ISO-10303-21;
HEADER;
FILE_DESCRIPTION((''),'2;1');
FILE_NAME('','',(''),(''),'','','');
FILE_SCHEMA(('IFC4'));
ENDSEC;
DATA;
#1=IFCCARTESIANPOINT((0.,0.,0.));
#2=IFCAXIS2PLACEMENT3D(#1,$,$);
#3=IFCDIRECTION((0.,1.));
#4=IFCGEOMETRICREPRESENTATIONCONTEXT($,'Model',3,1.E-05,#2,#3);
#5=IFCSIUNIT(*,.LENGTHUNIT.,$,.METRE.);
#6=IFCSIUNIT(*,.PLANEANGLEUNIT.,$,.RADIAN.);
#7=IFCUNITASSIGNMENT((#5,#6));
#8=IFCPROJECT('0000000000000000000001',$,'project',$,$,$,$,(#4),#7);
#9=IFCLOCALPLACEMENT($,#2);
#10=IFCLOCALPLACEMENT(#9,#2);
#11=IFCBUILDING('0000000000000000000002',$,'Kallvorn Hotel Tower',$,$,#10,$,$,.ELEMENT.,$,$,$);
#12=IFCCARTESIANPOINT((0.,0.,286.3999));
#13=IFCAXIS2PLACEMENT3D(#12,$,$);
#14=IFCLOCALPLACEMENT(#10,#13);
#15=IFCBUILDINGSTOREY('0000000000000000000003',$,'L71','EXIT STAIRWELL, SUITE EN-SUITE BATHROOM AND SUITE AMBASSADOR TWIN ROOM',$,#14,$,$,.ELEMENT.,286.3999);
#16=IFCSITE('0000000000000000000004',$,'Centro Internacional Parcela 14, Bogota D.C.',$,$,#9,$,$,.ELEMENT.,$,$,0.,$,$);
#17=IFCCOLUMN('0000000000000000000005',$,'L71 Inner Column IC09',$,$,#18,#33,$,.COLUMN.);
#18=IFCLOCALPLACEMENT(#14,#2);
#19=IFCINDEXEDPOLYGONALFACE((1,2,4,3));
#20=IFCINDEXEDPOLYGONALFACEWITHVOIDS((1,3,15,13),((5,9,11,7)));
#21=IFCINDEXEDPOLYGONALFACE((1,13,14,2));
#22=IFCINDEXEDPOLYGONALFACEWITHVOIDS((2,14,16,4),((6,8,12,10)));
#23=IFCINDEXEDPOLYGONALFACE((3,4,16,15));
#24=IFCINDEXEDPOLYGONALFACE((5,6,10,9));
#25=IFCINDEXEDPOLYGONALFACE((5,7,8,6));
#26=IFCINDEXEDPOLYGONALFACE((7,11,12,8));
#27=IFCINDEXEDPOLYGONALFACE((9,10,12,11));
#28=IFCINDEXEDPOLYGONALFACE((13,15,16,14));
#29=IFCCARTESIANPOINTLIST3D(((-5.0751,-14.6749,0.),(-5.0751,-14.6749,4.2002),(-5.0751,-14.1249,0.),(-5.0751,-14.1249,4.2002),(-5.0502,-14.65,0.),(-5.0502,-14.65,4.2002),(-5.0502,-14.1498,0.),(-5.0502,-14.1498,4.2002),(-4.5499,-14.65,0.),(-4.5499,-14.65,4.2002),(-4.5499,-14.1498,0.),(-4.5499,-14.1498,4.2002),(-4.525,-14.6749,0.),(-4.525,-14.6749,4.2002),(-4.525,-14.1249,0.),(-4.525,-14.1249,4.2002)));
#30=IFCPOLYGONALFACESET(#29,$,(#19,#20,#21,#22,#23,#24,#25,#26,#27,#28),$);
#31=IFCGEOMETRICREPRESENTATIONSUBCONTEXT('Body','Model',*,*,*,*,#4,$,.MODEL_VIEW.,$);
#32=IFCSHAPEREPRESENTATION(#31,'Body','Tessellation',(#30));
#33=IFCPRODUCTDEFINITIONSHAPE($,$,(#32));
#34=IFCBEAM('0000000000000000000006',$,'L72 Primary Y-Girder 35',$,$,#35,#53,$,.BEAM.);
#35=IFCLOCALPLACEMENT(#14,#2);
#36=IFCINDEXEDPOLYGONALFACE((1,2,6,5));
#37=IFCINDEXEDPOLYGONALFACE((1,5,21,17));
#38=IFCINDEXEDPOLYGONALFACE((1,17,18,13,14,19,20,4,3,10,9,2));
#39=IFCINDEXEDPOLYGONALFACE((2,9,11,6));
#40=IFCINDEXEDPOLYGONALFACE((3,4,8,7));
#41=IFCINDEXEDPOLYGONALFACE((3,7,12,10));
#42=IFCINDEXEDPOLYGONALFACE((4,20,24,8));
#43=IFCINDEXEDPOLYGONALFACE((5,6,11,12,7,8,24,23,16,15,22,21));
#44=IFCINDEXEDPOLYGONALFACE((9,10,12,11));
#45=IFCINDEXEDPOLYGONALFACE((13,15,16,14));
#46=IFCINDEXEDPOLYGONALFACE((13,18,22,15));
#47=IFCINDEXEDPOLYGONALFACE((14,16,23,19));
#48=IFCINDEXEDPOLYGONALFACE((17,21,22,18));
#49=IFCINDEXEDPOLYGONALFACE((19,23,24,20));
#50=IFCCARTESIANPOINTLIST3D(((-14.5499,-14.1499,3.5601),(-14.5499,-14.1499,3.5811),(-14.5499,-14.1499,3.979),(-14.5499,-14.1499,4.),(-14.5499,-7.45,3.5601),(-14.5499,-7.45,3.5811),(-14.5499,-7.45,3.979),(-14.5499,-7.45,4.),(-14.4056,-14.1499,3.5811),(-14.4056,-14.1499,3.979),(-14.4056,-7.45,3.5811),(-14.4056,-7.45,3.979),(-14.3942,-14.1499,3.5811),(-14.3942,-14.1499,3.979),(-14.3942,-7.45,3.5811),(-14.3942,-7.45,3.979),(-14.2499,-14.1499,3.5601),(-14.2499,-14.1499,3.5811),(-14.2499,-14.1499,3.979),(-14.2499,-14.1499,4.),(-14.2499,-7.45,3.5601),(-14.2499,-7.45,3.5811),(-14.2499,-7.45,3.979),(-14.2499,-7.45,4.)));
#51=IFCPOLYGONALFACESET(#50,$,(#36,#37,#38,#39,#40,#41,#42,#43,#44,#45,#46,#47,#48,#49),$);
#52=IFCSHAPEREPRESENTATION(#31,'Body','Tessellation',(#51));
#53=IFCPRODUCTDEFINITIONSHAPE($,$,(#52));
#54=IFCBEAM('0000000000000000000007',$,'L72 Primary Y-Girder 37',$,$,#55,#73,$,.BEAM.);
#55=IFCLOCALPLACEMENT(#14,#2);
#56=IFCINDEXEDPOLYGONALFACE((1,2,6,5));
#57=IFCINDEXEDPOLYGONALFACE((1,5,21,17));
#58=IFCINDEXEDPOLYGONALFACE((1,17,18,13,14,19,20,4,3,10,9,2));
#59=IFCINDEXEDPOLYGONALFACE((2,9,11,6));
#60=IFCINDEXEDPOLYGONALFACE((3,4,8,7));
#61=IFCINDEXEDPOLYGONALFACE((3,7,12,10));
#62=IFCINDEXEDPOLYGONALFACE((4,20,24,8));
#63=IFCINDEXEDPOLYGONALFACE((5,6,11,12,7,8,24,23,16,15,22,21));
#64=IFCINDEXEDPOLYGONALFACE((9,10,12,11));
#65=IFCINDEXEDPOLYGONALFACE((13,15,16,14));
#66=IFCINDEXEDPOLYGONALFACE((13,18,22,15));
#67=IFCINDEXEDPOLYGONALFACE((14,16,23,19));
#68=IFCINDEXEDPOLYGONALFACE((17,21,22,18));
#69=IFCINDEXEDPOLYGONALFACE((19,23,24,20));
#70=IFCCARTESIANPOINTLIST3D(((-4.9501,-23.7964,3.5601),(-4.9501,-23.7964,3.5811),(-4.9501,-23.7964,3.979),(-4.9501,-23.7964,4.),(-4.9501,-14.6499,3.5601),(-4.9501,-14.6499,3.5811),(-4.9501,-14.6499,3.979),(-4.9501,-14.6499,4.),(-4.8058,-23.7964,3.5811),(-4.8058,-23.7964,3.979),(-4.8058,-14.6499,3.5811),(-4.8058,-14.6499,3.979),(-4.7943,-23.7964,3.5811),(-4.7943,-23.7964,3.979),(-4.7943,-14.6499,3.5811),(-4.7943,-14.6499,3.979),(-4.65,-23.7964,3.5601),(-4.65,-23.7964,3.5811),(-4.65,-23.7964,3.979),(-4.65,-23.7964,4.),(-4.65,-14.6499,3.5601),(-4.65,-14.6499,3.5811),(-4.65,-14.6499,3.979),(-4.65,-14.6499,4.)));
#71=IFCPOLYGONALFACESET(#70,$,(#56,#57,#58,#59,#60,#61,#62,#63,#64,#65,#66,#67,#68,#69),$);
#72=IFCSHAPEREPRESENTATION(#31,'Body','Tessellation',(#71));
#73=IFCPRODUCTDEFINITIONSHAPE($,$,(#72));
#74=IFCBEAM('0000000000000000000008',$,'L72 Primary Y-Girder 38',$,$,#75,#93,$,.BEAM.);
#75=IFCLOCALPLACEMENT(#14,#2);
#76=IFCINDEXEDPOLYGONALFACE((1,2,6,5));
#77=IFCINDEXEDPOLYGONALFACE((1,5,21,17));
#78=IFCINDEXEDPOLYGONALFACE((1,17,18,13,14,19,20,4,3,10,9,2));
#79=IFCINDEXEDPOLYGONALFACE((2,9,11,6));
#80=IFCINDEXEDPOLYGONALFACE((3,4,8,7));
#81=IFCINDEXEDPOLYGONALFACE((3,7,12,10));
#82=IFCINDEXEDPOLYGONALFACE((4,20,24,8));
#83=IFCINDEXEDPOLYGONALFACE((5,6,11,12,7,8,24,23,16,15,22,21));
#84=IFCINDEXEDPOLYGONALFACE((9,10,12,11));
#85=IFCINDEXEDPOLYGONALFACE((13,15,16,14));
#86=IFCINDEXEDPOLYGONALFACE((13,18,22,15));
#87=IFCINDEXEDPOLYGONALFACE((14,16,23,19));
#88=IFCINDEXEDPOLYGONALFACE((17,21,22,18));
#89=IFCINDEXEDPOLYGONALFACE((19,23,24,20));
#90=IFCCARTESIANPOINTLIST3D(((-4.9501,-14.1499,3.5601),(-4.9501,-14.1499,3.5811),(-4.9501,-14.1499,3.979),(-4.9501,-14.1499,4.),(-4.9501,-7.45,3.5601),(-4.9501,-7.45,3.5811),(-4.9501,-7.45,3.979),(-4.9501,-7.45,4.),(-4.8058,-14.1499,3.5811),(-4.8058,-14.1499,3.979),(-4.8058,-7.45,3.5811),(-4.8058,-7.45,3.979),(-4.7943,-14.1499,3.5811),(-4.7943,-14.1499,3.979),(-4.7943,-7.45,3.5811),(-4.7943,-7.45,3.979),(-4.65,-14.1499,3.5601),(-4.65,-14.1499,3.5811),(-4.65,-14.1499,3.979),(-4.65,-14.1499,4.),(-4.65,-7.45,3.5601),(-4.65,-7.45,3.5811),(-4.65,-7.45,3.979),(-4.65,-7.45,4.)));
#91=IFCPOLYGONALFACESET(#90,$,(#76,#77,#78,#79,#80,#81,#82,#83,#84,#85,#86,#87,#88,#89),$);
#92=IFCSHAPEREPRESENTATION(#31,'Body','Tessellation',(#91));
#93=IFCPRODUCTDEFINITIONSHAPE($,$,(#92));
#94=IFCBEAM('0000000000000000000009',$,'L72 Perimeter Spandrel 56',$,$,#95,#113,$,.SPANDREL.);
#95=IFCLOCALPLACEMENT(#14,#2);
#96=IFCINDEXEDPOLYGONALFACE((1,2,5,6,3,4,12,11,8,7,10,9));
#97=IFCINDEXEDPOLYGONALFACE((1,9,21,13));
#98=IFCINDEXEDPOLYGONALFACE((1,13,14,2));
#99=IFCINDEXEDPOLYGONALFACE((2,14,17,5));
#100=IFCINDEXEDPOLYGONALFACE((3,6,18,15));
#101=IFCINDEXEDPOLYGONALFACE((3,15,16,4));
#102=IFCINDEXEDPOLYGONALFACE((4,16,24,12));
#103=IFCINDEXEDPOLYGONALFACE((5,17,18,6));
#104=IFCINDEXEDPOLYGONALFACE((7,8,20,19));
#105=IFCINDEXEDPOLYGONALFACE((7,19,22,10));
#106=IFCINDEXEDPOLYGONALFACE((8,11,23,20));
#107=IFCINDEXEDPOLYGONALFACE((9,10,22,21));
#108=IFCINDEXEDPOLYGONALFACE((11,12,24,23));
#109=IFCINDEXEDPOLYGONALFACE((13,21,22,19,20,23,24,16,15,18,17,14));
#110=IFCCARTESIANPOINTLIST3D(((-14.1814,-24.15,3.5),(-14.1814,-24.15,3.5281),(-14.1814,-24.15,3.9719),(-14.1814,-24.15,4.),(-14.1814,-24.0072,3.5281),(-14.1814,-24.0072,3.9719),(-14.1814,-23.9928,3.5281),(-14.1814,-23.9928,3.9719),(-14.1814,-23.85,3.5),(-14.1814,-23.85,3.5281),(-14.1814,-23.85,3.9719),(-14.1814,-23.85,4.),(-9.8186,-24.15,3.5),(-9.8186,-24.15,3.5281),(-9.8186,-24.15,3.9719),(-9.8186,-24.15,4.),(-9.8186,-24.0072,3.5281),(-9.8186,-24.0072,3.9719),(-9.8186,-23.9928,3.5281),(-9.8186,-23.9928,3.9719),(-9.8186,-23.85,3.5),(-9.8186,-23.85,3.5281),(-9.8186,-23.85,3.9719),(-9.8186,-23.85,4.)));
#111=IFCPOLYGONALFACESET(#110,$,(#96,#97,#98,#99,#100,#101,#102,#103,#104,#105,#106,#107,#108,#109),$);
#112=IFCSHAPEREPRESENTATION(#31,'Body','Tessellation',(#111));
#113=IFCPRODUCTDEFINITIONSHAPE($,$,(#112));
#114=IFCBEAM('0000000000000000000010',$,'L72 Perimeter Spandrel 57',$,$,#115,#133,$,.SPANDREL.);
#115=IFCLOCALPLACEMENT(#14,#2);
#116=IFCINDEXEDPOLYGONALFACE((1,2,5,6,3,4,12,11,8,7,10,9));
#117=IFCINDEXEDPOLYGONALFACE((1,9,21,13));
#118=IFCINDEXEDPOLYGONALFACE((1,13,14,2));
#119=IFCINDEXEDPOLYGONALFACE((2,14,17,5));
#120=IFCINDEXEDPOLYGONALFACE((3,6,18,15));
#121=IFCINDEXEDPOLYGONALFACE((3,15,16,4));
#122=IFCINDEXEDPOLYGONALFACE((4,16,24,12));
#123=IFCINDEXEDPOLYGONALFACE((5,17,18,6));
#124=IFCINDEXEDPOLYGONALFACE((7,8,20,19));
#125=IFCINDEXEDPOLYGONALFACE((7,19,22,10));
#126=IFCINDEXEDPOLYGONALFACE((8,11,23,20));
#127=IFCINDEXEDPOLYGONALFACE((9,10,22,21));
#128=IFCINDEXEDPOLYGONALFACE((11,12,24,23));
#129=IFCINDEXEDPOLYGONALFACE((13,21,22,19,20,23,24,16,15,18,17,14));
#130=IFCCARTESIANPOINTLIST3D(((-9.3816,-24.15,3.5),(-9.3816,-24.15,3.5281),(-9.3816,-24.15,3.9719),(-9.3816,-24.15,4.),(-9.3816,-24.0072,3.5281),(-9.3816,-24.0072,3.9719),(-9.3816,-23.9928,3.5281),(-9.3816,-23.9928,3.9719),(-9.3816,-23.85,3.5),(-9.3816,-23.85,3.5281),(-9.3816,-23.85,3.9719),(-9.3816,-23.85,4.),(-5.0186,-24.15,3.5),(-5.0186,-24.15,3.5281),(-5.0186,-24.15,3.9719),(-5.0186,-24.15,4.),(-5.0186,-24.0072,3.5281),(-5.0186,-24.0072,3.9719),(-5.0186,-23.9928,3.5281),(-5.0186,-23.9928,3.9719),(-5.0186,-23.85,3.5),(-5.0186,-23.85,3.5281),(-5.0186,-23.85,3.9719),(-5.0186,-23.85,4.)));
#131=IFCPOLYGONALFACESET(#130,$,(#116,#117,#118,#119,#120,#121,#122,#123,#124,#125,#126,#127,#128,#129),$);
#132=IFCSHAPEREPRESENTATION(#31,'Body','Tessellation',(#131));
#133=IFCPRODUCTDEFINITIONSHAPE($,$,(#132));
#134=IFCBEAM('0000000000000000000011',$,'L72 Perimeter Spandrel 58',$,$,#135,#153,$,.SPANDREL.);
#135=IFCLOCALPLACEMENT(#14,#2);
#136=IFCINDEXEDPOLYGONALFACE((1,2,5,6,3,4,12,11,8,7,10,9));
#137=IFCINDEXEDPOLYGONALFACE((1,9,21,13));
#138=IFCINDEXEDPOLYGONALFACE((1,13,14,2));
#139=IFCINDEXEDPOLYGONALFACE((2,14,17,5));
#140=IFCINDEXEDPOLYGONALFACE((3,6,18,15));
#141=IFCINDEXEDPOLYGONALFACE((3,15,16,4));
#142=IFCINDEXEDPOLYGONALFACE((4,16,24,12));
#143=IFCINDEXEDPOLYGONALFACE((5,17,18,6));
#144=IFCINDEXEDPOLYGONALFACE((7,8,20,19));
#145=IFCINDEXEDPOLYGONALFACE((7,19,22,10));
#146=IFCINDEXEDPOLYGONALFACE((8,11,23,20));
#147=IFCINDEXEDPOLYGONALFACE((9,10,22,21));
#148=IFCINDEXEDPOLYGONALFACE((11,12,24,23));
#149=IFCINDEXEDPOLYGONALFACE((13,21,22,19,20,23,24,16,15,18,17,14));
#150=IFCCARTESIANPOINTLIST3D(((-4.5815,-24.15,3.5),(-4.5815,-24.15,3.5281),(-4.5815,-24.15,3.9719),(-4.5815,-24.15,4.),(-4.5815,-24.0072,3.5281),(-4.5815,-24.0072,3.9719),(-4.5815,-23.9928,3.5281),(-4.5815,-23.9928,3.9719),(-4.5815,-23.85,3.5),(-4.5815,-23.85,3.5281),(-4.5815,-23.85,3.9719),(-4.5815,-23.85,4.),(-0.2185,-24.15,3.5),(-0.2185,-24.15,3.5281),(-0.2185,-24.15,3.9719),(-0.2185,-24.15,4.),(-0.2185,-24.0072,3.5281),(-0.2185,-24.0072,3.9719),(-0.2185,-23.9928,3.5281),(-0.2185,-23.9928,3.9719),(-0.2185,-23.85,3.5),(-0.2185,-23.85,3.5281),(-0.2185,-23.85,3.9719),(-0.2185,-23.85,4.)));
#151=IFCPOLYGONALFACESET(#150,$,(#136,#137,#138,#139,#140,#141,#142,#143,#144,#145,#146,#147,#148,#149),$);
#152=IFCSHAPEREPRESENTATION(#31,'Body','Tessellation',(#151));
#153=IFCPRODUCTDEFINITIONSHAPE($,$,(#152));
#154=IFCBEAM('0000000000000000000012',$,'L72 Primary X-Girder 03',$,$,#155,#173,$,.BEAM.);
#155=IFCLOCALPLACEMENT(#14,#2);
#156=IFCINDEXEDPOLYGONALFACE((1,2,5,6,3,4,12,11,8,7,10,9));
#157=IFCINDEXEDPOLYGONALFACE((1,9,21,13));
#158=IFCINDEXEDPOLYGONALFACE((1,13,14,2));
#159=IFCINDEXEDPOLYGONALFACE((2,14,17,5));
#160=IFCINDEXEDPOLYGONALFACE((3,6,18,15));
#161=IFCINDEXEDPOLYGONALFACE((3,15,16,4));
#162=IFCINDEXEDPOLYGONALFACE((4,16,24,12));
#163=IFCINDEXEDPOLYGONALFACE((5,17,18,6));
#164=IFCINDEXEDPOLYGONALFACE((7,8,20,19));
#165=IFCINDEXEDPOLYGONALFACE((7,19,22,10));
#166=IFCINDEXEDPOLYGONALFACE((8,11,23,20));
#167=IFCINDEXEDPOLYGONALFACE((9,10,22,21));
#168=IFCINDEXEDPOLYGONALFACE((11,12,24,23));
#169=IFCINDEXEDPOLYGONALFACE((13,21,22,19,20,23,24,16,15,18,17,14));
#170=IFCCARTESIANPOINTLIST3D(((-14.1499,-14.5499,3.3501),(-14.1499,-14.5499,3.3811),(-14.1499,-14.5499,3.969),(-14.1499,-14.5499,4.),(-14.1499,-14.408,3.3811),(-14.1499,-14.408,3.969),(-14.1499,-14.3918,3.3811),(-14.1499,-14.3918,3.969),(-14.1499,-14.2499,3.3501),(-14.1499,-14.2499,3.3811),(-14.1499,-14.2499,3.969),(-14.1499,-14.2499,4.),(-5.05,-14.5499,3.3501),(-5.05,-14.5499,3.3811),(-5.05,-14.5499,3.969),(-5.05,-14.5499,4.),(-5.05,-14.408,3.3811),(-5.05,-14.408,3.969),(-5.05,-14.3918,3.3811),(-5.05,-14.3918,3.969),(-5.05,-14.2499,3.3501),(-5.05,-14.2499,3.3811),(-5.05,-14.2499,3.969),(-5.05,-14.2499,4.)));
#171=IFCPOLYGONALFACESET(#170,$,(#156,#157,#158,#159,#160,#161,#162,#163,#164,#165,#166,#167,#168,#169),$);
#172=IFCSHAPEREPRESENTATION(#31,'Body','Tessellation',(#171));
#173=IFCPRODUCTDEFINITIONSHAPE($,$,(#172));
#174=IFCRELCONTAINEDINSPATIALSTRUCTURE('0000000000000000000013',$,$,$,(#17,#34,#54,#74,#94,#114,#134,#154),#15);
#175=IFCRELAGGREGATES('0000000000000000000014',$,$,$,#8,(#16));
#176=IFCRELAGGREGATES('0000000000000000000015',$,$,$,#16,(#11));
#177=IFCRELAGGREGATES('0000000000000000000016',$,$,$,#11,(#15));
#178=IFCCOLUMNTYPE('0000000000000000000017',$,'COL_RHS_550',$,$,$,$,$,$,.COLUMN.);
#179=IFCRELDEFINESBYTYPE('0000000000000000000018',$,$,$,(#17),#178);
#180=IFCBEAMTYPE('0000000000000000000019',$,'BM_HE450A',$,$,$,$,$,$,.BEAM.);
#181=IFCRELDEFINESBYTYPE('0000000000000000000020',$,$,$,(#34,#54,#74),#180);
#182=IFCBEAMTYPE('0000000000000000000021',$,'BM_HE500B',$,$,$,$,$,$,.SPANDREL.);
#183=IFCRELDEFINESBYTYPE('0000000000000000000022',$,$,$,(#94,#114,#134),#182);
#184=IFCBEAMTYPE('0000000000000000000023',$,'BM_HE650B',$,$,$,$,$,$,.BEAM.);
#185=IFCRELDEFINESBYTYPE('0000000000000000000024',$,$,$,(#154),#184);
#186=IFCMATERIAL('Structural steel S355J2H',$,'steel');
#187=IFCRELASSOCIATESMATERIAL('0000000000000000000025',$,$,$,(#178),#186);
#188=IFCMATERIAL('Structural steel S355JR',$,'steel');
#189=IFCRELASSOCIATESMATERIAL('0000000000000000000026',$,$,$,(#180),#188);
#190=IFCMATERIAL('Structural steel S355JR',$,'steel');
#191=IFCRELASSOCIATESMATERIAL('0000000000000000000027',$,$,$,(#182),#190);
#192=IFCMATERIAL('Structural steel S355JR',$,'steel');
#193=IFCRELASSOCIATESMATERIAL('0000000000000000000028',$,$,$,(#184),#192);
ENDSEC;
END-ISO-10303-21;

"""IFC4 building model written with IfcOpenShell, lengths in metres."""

from ifc_helpers import new_model, si_unit, direction, frame, origin, origin_2d, place, context, subcontext, project, spatial, hollow_rectangle, i_section, extrude, material, material_profile, profile_set, type_object, element, save


model = new_model("IFC4")

# Units and contexts
model_context = context("Model", 3, precision=1e-05, world=origin(), true_north=direction((0.0, 1.0)))
body_context = subcontext(model_context, "Body", "Model", "MODEL_VIEW")
ifc_project = project(units=[si_unit("LENGTHUNIT", "METRE"), si_unit("PLANEANGLEUNIT", "RADIAN")], contexts=[model_context])

# Site, building, storey
site_placement = place(None, origin())
site = spatial("IfcSite", under=ifc_project, at=site_placement, Name="Centro Internacional Parcela 14, Bogota D.C.", CompositionType="ELEMENT", RefElevation=0.0)
building_placement = place(site_placement, origin())
building = spatial("IfcBuilding", under=site, at=building_placement, Name="Kallvorn Hotel Tower", CompositionType="ELEMENT")
storey_placement = place(building_placement, frame((0.0, 0.0, 286.3999)))
storey = spatial("IfcBuildingStorey", under=building, at=storey_placement, Name="L71", Description="EXIT STAIRWELL, SUITE EN-SUITE BATHROOM AND SUITE AMBASSADOR TWIN ROOM", CompositionType="ELEMENT", Elevation=286.3999)

# Column
ifc_material_1 = material(Name="Structural steel S355J2H", Category="steel")
ifc_material_profile_1 = material_profile(ifc_material_1, hollow_rectangle(XDim=0.55, YDim=0.55, WallThickness=0.0249, at=origin_2d()), Name="RHS 550x550x25")
ifc_profile_set_1 = profile_set([ifc_material_profile_1], Name="Structural steel S355J2H")
column_type_1 = type_object("IfcColumnType", Name="COL_RHS_550", PredefinedType="COLUMN", material=ifc_profile_set_1)
for number, where, z_axis, x_axis, name in (
    (1, (-4.8, -14.3999, 0.0), (0.0, 0.0, 1.0), (1.0, 0.0, 0.0), "L71 Inner Column IC09"),
):
    element("IfcColumn", number, at=place(storey_placement, frame(where, z_axis=z_axis, x_axis=x_axis)), inside=storey, type_object=column_type_1, Name=name, PredefinedType="COLUMN", context=body_context, shape_type="SweptSolid", body=[
        extrude(hollow_rectangle(XDim=0.55, YDim=0.55, WallThickness=0.0249, at=origin_2d()), origin(), (0.0, 0.0, 1.0), 4.2002),
    ])

# Beams
ifc_material_2 = material(Name="Structural steel S355JR", Category="steel")
ifc_material_profile_2 = material_profile(ifc_material_2, i_section(OverallWidth=0.3, OverallDepth=0.4399, WebThickness=0.0115, FlangeThickness=0.021, at=origin_2d()), Name="HE 450 A")
ifc_profile_set_2 = profile_set([ifc_material_profile_2], Name="Structural steel S355JR")
beam_type_1 = type_object("IfcBeamType", Name="BM_HE450A", PredefinedType="BEAM", material=ifc_profile_set_2)
beam_1_placement = place(storey_placement, frame((-14.3999, -14.1499, 3.78), z_axis=(0.0, 1.0, 0.0), x_axis=(-1.0, 0.0, 0.0)))
element("IfcBeam", 2, at=beam_1_placement, inside=storey, type_object=beam_type_1, Name="L72 Primary Y-Girder 35", PredefinedType="BEAM", context=body_context, shape_type="SweptSolid", body=[
    extrude(i_section(OverallWidth=0.3, OverallDepth=0.4399, WebThickness=0.0115, FlangeThickness=0.021, at=origin_2d()), origin(), (0.0, 0.0, 1.0), 6.7),
])
beam_2_placement = place(storey_placement, frame((-4.8, -23.7964, 3.78), z_axis=(0.0, 1.0, 0.0), x_axis=(-1.0, 0.0, 0.0)))
element("IfcBeam", 3, at=beam_2_placement, inside=storey, type_object=beam_type_1, Name="L72 Primary Y-Girder 37", PredefinedType="BEAM", context=body_context, shape_type="SweptSolid", body=[
    extrude(i_section(OverallWidth=0.3, OverallDepth=0.4399, WebThickness=0.0115, FlangeThickness=0.021, at=origin_2d()), origin(), (0.0, 0.0, 1.0), 9.1465),
])
beam_3_placement = place(storey_placement, frame((-4.8, -14.1499, 3.78), z_axis=(0.0, 1.0, 0.0), x_axis=(-1.0, 0.0, 0.0)))
element("IfcBeam", 4, at=beam_3_placement, inside=storey, type_object=beam_type_1, Name="L72 Primary Y-Girder 38", PredefinedType="BEAM", context=body_context, shape_type="SweptSolid", body=[
    extrude(i_section(OverallWidth=0.3, OverallDepth=0.4399, WebThickness=0.0115, FlangeThickness=0.021, at=origin_2d()), origin(), (0.0, 0.0, 1.0), 6.7),
])
ifc_material_3 = material(Name="Structural steel S355JR", Category="steel")
ifc_material_profile_3 = material_profile(ifc_material_3, i_section(OverallWidth=0.3, OverallDepth=0.5, WebThickness=0.0144, FlangeThickness=0.0281, at=origin_2d()), Name="HE 500 B")
ifc_profile_set_3 = profile_set([ifc_material_profile_3], Name="Structural steel S355JR")
beam_type_2 = type_object("IfcBeamType", Name="BM_HE500B", PredefinedType="SPANDREL", material=ifc_profile_set_3)
beam_4_placement = place(storey_placement, frame((-14.1814, -24.0, 3.75), z_axis=(1.0, 0.0, 0.0), x_axis=(0.0, 1.0, 0.0)))
element("IfcBeam", 5, at=beam_4_placement, inside=storey, type_object=beam_type_2, Name="L72 Perimeter Spandrel 56", PredefinedType="SPANDREL", context=body_context, shape_type="SweptSolid", body=[
    extrude(i_section(OverallWidth=0.3, OverallDepth=0.5, WebThickness=0.0144, FlangeThickness=0.0281, at=origin_2d()), origin(), (0.0, 0.0, 1.0), 4.3628),
])
for number, where, z_axis, x_axis, name in (
    (6, (-9.3816, -24.0, 3.75), (1.0, 0.0, 0.0), (0.0, 1.0, 0.0), "L72 Perimeter Spandrel 57"),
    (7, (-4.5815, -24.0, 3.75), (1.0, 0.0, 0.0), (0.0, 1.0, 0.0), "L72 Perimeter Spandrel 58"),
):
    element("IfcBeam", number, at=place(storey_placement, frame(where, z_axis=z_axis, x_axis=x_axis)), inside=storey, type_object=beam_type_2, Name=name, PredefinedType="SPANDREL", context=body_context, shape_type="SweptSolid", body=[
        extrude(i_section(OverallWidth=0.3, OverallDepth=0.5, WebThickness=0.0144, FlangeThickness=0.0281, at=origin_2d()), origin(), (0.0, 0.0, 1.0), 4.363),
    ])
ifc_material_4 = material(Name="Structural steel S355JR", Category="steel")
ifc_material_profile_4 = material_profile(ifc_material_4, i_section(OverallWidth=0.3, OverallDepth=0.6499, WebThickness=0.0161, FlangeThickness=0.031, at=origin_2d()), Name="HE 650 B")
ifc_profile_set_4 = profile_set([ifc_material_profile_4], Name="Structural steel S355JR")
beam_type_3 = type_object("IfcBeamType", Name="BM_HE650B", PredefinedType="BEAM", material=ifc_profile_set_4)
beam_5_placement = place(storey_placement, frame((-14.1499, -14.3999, 3.675), z_axis=(1.0, 0.0, 0.0), x_axis=(0.0, 1.0, 0.0)))
element("IfcBeam", 8, at=beam_5_placement, inside=storey, type_object=beam_type_3, Name="L72 Primary X-Girder 03", PredefinedType="BEAM", context=body_context, shape_type="SweptSolid", body=[
    extrude(i_section(OverallWidth=0.3, OverallDepth=0.6499, WebThickness=0.0161, FlangeThickness=0.031, at=origin_2d()), origin(), (0.0, 0.0, 1.0), 9.0999),
])

save(model, "model.ifc")
